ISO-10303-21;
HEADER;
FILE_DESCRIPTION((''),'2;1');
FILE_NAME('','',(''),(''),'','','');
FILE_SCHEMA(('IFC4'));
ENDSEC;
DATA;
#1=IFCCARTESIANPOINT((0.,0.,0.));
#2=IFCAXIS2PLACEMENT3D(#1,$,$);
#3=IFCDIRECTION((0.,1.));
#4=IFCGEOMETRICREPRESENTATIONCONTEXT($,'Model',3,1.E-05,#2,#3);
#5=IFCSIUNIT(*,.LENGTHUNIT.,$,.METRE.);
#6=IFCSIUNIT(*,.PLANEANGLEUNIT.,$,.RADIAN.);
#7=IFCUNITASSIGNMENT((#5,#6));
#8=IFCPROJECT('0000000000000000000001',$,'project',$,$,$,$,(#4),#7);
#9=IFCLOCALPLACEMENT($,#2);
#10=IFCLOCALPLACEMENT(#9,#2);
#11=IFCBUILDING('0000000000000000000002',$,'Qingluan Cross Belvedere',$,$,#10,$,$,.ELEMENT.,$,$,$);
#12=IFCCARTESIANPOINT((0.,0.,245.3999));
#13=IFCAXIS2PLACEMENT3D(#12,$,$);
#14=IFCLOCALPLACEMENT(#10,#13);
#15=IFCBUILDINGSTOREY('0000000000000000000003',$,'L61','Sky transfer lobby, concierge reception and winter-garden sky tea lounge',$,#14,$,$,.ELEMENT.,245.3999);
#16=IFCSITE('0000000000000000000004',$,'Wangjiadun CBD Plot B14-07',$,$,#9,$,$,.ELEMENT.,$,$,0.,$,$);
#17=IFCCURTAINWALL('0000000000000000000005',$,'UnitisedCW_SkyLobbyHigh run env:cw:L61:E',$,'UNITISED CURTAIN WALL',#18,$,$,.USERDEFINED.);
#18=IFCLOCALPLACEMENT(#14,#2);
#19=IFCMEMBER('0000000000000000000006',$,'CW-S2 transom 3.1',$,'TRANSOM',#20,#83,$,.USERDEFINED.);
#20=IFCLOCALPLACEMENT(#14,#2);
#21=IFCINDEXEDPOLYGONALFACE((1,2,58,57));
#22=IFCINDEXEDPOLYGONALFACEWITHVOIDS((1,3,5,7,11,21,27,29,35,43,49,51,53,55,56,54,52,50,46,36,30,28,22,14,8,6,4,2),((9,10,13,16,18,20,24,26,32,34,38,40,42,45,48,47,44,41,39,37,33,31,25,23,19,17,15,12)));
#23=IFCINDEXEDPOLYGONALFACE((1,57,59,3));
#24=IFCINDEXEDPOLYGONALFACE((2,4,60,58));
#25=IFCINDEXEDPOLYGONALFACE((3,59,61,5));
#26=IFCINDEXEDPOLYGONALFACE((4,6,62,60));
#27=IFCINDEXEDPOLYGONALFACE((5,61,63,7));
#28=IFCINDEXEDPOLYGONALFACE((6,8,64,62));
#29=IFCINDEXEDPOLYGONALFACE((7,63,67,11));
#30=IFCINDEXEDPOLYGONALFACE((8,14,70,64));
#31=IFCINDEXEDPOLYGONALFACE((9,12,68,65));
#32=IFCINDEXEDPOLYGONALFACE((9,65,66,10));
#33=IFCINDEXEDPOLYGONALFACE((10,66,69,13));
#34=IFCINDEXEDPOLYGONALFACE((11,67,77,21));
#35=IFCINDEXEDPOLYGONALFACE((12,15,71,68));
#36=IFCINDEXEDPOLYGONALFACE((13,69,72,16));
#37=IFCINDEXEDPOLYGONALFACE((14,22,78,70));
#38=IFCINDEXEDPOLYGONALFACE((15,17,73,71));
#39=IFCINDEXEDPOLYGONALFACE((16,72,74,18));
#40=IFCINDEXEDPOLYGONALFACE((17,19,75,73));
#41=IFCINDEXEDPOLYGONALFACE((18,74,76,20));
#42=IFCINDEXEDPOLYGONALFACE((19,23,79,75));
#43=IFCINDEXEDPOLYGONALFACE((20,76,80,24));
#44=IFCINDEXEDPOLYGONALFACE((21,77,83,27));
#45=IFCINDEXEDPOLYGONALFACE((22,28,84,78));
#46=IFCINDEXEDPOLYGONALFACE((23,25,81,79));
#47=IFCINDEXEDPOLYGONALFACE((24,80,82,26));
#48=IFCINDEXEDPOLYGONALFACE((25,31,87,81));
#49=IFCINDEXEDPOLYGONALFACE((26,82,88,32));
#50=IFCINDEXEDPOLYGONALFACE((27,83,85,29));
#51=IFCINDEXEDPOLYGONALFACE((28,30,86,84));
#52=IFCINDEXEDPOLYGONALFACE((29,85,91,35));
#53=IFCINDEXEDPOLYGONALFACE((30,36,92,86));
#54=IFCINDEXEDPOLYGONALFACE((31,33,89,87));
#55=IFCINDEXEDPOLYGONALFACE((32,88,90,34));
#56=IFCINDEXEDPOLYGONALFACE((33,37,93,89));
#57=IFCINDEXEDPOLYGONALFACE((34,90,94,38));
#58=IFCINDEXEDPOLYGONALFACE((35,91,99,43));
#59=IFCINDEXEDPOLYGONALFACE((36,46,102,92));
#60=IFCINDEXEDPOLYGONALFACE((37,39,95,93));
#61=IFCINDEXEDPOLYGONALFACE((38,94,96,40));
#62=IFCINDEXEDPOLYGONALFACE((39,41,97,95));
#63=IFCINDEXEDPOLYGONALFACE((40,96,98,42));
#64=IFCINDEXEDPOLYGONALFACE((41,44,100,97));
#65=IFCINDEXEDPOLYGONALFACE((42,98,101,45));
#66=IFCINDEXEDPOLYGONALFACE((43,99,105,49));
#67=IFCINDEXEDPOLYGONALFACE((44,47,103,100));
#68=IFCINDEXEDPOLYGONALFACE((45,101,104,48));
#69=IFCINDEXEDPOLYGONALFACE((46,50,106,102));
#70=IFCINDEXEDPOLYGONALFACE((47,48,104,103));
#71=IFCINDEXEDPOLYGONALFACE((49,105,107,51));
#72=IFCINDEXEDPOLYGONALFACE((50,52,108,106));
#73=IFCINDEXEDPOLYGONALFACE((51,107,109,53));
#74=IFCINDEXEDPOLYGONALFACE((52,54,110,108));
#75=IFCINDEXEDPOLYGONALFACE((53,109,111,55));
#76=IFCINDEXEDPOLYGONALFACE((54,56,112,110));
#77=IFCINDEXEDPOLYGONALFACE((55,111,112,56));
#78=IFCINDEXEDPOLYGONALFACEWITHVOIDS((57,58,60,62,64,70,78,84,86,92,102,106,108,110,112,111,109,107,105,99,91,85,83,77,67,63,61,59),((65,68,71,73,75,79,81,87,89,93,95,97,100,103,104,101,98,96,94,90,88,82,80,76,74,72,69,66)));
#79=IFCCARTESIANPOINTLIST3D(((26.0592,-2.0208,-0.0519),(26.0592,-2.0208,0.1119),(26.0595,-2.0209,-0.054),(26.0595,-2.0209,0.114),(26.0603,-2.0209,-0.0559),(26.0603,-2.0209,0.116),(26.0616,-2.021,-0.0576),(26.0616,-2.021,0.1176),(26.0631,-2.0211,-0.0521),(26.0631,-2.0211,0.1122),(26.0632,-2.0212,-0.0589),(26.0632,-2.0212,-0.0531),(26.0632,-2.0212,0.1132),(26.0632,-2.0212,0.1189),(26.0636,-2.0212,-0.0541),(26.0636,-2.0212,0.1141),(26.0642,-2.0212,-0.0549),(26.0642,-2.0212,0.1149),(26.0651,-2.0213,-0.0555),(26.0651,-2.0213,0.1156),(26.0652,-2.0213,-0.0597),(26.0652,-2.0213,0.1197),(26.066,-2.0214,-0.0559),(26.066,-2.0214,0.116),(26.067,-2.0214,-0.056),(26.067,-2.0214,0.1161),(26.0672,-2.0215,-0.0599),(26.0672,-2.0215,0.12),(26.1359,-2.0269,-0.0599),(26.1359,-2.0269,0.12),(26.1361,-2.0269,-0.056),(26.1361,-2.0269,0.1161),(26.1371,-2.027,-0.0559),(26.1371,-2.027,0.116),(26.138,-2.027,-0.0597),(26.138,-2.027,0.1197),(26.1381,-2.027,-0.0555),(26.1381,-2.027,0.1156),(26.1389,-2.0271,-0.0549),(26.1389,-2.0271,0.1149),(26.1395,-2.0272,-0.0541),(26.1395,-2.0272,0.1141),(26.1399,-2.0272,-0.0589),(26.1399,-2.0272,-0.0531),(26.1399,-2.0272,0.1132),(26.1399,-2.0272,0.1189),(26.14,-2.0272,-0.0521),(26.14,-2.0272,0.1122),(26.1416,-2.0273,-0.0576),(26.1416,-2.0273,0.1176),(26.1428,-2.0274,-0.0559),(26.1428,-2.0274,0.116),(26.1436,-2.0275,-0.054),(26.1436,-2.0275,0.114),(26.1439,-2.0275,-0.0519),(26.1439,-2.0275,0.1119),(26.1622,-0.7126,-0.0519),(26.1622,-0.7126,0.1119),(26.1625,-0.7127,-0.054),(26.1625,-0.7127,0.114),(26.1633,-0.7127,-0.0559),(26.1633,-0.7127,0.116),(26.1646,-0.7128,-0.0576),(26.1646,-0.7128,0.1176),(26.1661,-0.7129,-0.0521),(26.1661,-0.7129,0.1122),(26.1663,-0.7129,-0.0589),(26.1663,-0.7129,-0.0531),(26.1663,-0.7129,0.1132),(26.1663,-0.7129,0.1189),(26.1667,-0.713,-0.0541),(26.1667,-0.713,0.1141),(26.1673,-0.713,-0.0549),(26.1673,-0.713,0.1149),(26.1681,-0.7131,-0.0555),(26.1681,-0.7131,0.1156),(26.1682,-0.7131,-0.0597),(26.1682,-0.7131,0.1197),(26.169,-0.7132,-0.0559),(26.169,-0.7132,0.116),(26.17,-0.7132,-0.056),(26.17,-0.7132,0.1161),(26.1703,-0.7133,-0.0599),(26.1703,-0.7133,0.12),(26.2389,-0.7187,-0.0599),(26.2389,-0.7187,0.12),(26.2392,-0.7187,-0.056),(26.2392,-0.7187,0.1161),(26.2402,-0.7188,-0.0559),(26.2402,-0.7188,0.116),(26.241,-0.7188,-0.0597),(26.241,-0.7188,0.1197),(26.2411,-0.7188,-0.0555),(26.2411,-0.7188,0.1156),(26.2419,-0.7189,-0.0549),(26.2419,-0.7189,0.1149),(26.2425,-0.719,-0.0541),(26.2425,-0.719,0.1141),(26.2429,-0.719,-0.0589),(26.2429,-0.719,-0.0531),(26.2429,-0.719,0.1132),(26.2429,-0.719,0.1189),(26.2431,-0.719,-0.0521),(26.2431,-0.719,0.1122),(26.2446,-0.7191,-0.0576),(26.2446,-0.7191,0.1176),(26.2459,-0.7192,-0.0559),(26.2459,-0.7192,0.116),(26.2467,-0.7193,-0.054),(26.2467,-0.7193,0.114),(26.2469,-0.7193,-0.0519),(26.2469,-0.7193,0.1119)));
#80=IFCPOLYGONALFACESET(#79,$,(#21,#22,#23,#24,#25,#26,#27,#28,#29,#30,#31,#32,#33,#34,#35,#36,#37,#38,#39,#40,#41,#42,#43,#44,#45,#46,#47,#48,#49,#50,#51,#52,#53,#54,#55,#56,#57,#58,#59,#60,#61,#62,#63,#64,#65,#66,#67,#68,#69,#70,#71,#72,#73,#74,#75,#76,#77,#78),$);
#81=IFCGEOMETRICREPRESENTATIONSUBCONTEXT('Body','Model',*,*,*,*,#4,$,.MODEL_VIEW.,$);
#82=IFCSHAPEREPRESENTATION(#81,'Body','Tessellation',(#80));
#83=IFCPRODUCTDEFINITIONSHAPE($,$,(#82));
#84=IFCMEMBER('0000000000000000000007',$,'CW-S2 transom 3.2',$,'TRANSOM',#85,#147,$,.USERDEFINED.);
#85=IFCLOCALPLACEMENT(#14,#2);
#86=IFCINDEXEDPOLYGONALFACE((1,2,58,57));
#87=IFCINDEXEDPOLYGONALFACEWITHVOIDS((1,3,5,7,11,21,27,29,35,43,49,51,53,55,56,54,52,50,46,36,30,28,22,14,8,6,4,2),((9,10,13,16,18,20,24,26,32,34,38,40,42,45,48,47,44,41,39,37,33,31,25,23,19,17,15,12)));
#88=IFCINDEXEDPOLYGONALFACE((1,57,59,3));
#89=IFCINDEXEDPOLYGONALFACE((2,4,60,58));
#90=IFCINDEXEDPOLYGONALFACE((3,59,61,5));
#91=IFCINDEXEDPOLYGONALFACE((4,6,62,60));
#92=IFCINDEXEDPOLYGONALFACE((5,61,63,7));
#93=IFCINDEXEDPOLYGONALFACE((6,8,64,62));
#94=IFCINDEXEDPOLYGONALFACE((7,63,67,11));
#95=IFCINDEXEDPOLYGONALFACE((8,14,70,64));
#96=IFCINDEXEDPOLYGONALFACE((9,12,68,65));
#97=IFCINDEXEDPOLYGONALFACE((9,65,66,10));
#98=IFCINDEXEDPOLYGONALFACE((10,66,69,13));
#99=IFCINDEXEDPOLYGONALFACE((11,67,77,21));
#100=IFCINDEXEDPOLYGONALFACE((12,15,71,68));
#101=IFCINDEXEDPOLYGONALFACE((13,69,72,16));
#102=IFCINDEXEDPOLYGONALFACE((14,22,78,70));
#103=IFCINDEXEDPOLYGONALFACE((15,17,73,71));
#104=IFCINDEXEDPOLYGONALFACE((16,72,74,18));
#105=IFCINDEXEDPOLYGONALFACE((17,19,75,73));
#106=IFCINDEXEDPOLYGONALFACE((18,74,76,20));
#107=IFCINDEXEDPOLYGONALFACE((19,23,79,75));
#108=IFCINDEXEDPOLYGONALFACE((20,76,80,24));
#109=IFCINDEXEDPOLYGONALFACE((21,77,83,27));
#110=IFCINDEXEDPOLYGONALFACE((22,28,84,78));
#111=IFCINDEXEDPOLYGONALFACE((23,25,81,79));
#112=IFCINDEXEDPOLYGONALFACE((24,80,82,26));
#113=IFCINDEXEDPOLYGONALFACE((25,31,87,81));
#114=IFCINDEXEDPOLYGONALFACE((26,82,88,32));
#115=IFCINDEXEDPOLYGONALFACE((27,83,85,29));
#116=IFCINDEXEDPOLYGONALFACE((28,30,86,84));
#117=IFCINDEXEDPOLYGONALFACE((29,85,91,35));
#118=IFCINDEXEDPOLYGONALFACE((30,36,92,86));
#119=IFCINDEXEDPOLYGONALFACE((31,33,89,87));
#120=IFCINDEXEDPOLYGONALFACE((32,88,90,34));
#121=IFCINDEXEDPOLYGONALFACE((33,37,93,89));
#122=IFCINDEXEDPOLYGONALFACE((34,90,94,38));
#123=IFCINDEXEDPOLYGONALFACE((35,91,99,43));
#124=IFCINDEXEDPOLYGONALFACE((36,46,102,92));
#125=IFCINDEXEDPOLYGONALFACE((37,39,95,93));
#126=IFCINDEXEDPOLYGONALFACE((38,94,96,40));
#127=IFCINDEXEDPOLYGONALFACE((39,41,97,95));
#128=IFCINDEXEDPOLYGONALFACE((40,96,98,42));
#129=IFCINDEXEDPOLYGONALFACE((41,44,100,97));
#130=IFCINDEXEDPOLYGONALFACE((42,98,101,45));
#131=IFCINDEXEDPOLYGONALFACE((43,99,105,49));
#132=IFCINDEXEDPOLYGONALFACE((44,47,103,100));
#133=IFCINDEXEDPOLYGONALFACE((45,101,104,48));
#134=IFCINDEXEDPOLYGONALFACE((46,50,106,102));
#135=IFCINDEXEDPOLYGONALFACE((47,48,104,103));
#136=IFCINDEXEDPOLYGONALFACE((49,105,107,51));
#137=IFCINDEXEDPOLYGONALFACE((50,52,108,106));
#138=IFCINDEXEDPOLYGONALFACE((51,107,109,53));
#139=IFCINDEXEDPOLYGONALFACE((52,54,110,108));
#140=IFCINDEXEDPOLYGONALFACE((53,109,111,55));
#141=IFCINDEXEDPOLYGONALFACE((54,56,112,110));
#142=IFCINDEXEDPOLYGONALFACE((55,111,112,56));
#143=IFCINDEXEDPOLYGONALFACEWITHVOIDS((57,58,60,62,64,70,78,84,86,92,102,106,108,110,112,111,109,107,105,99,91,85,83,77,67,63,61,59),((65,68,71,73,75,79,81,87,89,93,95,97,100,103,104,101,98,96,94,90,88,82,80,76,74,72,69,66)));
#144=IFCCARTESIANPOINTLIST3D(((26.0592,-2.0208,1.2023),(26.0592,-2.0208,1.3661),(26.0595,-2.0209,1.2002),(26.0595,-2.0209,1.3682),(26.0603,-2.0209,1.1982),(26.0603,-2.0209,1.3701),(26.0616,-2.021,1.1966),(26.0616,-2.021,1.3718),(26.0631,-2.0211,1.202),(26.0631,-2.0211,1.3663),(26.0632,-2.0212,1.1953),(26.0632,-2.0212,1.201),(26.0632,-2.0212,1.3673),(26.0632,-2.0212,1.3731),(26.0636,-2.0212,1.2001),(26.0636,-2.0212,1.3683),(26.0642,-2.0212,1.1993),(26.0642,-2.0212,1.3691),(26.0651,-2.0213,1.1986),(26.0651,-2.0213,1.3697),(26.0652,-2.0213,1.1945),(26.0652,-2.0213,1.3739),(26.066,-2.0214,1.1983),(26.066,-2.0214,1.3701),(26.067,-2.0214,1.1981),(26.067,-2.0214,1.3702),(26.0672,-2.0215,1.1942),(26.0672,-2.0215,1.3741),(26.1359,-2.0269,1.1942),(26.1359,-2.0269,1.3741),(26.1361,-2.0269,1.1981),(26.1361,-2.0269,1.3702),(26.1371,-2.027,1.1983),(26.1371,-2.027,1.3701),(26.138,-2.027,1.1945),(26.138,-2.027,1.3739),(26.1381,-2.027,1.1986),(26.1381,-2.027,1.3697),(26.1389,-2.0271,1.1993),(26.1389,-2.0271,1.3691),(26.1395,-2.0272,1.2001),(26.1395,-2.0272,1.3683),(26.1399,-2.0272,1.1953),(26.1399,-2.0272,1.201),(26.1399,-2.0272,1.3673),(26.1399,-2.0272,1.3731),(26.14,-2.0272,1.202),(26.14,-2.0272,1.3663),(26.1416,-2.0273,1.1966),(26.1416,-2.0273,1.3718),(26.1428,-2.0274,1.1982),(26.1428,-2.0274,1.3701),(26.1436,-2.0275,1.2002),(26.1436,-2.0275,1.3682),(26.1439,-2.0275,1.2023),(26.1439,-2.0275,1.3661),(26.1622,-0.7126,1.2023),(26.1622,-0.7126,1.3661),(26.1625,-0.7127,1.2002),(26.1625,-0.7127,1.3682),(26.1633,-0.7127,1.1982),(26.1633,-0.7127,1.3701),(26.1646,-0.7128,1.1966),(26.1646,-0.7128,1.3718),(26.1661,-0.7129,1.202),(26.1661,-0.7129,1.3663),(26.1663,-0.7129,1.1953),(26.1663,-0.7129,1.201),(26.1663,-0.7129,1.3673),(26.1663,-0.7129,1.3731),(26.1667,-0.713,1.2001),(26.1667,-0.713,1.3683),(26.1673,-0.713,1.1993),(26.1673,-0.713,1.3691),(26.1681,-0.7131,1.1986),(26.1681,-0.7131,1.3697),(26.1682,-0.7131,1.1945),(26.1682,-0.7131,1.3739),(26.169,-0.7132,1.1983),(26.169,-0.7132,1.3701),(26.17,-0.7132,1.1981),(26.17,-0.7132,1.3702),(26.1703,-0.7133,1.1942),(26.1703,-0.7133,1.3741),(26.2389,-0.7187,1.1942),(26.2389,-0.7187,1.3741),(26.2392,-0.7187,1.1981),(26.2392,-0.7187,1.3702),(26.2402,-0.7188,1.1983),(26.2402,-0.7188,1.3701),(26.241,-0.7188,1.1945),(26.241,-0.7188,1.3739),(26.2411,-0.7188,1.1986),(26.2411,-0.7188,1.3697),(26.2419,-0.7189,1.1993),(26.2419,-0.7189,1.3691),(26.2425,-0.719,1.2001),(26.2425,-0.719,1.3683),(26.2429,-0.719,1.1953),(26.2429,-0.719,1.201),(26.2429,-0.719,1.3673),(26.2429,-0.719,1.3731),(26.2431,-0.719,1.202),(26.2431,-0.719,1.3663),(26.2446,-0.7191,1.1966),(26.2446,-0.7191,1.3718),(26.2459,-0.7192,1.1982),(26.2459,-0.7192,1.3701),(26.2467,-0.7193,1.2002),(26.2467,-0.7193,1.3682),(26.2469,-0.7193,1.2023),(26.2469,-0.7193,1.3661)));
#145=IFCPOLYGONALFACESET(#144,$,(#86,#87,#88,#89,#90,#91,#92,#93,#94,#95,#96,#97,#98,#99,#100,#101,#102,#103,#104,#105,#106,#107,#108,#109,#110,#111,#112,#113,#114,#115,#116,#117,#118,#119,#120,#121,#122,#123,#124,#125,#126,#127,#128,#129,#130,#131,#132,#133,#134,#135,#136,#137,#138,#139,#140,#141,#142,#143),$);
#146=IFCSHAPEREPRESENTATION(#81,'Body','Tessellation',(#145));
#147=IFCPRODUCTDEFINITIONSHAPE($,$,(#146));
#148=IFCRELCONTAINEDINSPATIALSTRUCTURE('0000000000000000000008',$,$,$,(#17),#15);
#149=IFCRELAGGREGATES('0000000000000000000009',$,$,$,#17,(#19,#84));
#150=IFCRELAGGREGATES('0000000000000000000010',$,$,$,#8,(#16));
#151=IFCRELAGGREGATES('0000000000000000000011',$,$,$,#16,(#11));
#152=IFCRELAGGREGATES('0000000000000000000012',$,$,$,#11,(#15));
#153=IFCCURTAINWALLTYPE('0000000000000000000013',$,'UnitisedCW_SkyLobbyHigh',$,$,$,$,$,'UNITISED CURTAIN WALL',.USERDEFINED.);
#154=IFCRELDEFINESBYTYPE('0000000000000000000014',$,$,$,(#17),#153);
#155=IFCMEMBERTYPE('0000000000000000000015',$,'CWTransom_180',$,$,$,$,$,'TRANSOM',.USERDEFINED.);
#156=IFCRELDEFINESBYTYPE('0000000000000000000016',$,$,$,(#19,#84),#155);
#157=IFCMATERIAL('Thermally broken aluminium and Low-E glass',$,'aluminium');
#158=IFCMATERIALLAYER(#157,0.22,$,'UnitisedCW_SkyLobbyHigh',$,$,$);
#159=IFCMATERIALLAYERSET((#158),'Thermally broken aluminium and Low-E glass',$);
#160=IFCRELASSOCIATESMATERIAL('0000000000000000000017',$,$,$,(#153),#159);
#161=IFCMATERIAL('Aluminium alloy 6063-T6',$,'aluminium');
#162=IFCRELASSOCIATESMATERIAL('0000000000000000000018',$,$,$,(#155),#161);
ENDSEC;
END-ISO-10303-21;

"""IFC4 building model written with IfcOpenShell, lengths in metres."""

from ifc_helpers import new_model, si_unit, direction, frame, origin, origin_2d, place, context, subcontext, project, spatial, hollow_rectangle, extrude, material, layer, layer_set, material_profile, profile_set, type_object, element, aggregate, save


model = new_model("IFC4")

# Units and contexts
model_context = context("Model", 3, precision=1e-05, world=origin(), true_north=direction((0.0, 1.0)))
body_context = subcontext(model_context, "Body", "Model", "MODEL_VIEW")
ifc_project = project(units=[si_unit("LENGTHUNIT", "METRE"), si_unit("PLANEANGLEUNIT", "RADIAN")], contexts=[model_context])

# Site, building, storey
site_placement = place(None, origin())
site = spatial("IfcSite", under=ifc_project, at=site_placement, Name="Wangjiadun CBD Plot B14-07", CompositionType="ELEMENT", RefElevation=0.0)
building_placement = place(site_placement, origin())
building = spatial("IfcBuilding", under=site, at=building_placement, Name="Qingluan Cross Belvedere", CompositionType="ELEMENT")
storey_placement = place(building_placement, frame((0.0, 0.0, 245.3999)))
storey = spatial("IfcBuildingStorey", under=building, at=storey_placement, Name="L61", Description="Sky transfer lobby, concierge reception and winter-garden sky tea lounge", CompositionType="ELEMENT", Elevation=245.3999)

# Curtain wall, members
ifc_material_1 = material(Name="Thermally broken aluminium and Low-E glass", Category="aluminium")
ifc_layer_1 = layer(ifc_material_1, 0.22, Name="UnitisedCW_SkyLobbyHigh")
ifc_layer_set_1 = layer_set([ifc_layer_1], Name="Thermally broken aluminium and Low-E glass")
curtain_wall_type = type_object("IfcCurtainWallType", Name="UnitisedCW_SkyLobbyHigh", ElementType="UNITISED CURTAIN WALL", PredefinedType="USERDEFINED", material=ifc_layer_set_1)
curtain_wall_placement = place(storey_placement, origin())
curtain_wall = element("IfcCurtainWall", 1, at=curtain_wall_placement, inside=storey, type_object=curtain_wall_type, Name="UnitisedCW_SkyLobbyHigh run env:cw:L61:E", ObjectType="UNITISED CURTAIN WALL", PredefinedType="USERDEFINED")
ifc_material_2 = material(Name="Aluminium alloy 6063-T6", Category="aluminium")
ifc_material_profile_1 = material_profile(ifc_material_2, hollow_rectangle(XDim=0.085, YDim=0.1799, WallThickness=0.0039, InnerFilletRadius=0.0039, OuterFilletRadius=0.0081, at=origin_2d()), Name="CWT180x85x4")
ifc_profile_set_1 = profile_set([ifc_material_profile_1], Name="Aluminium alloy 6063-T6")
member_type_1 = type_object("IfcMemberType", Name="CWTransom_180", ElementType="TRANSOM", PredefinedType="USERDEFINED", material=ifc_profile_set_1)
member_1_placement = place(storey_placement, frame((26.1016, -2.0242, 0.03), z_axis=(0.078518, 0.996913, 0.0), x_axis=(-0.996913, 0.078518, 0.0)))
member_1 = element("IfcMember", 2, at=member_1_placement, type_object=member_type_1, Name="CW-S2 transom 3.1", ObjectType="TRANSOM", PredefinedType="USERDEFINED", context=body_context, shape_type="SweptSolid", body=[
    extrude(hollow_rectangle(XDim=0.085, YDim=0.1799, WallThickness=0.0039, InnerFilletRadius=0.0039, OuterFilletRadius=0.0081, at=origin_2d()), origin(), (0.0, 0.0, 1.0), 1.3123),
])
member_2_placement = place(storey_placement, frame((26.1016, -2.0242, 1.2842), z_axis=(0.078518, 0.996913, 0.0), x_axis=(-0.996913, 0.078518, 0.0)))
member_2 = element("IfcMember", 3, at=member_2_placement, type_object=member_type_1, Name="CW-S2 transom 3.2", ObjectType="TRANSOM", PredefinedType="USERDEFINED", context=body_context, shape_type="SweptSolid", body=[
    extrude(hollow_rectangle(XDim=0.085, YDim=0.1799, WallThickness=0.0039, InnerFilletRadius=0.0039, OuterFilletRadius=0.0081, at=origin_2d()), origin(), (0.0, 0.0, 1.0), 1.3123),
])
aggregate(curtain_wall, [member_1, member_2])

save(model, "model.ifc")
